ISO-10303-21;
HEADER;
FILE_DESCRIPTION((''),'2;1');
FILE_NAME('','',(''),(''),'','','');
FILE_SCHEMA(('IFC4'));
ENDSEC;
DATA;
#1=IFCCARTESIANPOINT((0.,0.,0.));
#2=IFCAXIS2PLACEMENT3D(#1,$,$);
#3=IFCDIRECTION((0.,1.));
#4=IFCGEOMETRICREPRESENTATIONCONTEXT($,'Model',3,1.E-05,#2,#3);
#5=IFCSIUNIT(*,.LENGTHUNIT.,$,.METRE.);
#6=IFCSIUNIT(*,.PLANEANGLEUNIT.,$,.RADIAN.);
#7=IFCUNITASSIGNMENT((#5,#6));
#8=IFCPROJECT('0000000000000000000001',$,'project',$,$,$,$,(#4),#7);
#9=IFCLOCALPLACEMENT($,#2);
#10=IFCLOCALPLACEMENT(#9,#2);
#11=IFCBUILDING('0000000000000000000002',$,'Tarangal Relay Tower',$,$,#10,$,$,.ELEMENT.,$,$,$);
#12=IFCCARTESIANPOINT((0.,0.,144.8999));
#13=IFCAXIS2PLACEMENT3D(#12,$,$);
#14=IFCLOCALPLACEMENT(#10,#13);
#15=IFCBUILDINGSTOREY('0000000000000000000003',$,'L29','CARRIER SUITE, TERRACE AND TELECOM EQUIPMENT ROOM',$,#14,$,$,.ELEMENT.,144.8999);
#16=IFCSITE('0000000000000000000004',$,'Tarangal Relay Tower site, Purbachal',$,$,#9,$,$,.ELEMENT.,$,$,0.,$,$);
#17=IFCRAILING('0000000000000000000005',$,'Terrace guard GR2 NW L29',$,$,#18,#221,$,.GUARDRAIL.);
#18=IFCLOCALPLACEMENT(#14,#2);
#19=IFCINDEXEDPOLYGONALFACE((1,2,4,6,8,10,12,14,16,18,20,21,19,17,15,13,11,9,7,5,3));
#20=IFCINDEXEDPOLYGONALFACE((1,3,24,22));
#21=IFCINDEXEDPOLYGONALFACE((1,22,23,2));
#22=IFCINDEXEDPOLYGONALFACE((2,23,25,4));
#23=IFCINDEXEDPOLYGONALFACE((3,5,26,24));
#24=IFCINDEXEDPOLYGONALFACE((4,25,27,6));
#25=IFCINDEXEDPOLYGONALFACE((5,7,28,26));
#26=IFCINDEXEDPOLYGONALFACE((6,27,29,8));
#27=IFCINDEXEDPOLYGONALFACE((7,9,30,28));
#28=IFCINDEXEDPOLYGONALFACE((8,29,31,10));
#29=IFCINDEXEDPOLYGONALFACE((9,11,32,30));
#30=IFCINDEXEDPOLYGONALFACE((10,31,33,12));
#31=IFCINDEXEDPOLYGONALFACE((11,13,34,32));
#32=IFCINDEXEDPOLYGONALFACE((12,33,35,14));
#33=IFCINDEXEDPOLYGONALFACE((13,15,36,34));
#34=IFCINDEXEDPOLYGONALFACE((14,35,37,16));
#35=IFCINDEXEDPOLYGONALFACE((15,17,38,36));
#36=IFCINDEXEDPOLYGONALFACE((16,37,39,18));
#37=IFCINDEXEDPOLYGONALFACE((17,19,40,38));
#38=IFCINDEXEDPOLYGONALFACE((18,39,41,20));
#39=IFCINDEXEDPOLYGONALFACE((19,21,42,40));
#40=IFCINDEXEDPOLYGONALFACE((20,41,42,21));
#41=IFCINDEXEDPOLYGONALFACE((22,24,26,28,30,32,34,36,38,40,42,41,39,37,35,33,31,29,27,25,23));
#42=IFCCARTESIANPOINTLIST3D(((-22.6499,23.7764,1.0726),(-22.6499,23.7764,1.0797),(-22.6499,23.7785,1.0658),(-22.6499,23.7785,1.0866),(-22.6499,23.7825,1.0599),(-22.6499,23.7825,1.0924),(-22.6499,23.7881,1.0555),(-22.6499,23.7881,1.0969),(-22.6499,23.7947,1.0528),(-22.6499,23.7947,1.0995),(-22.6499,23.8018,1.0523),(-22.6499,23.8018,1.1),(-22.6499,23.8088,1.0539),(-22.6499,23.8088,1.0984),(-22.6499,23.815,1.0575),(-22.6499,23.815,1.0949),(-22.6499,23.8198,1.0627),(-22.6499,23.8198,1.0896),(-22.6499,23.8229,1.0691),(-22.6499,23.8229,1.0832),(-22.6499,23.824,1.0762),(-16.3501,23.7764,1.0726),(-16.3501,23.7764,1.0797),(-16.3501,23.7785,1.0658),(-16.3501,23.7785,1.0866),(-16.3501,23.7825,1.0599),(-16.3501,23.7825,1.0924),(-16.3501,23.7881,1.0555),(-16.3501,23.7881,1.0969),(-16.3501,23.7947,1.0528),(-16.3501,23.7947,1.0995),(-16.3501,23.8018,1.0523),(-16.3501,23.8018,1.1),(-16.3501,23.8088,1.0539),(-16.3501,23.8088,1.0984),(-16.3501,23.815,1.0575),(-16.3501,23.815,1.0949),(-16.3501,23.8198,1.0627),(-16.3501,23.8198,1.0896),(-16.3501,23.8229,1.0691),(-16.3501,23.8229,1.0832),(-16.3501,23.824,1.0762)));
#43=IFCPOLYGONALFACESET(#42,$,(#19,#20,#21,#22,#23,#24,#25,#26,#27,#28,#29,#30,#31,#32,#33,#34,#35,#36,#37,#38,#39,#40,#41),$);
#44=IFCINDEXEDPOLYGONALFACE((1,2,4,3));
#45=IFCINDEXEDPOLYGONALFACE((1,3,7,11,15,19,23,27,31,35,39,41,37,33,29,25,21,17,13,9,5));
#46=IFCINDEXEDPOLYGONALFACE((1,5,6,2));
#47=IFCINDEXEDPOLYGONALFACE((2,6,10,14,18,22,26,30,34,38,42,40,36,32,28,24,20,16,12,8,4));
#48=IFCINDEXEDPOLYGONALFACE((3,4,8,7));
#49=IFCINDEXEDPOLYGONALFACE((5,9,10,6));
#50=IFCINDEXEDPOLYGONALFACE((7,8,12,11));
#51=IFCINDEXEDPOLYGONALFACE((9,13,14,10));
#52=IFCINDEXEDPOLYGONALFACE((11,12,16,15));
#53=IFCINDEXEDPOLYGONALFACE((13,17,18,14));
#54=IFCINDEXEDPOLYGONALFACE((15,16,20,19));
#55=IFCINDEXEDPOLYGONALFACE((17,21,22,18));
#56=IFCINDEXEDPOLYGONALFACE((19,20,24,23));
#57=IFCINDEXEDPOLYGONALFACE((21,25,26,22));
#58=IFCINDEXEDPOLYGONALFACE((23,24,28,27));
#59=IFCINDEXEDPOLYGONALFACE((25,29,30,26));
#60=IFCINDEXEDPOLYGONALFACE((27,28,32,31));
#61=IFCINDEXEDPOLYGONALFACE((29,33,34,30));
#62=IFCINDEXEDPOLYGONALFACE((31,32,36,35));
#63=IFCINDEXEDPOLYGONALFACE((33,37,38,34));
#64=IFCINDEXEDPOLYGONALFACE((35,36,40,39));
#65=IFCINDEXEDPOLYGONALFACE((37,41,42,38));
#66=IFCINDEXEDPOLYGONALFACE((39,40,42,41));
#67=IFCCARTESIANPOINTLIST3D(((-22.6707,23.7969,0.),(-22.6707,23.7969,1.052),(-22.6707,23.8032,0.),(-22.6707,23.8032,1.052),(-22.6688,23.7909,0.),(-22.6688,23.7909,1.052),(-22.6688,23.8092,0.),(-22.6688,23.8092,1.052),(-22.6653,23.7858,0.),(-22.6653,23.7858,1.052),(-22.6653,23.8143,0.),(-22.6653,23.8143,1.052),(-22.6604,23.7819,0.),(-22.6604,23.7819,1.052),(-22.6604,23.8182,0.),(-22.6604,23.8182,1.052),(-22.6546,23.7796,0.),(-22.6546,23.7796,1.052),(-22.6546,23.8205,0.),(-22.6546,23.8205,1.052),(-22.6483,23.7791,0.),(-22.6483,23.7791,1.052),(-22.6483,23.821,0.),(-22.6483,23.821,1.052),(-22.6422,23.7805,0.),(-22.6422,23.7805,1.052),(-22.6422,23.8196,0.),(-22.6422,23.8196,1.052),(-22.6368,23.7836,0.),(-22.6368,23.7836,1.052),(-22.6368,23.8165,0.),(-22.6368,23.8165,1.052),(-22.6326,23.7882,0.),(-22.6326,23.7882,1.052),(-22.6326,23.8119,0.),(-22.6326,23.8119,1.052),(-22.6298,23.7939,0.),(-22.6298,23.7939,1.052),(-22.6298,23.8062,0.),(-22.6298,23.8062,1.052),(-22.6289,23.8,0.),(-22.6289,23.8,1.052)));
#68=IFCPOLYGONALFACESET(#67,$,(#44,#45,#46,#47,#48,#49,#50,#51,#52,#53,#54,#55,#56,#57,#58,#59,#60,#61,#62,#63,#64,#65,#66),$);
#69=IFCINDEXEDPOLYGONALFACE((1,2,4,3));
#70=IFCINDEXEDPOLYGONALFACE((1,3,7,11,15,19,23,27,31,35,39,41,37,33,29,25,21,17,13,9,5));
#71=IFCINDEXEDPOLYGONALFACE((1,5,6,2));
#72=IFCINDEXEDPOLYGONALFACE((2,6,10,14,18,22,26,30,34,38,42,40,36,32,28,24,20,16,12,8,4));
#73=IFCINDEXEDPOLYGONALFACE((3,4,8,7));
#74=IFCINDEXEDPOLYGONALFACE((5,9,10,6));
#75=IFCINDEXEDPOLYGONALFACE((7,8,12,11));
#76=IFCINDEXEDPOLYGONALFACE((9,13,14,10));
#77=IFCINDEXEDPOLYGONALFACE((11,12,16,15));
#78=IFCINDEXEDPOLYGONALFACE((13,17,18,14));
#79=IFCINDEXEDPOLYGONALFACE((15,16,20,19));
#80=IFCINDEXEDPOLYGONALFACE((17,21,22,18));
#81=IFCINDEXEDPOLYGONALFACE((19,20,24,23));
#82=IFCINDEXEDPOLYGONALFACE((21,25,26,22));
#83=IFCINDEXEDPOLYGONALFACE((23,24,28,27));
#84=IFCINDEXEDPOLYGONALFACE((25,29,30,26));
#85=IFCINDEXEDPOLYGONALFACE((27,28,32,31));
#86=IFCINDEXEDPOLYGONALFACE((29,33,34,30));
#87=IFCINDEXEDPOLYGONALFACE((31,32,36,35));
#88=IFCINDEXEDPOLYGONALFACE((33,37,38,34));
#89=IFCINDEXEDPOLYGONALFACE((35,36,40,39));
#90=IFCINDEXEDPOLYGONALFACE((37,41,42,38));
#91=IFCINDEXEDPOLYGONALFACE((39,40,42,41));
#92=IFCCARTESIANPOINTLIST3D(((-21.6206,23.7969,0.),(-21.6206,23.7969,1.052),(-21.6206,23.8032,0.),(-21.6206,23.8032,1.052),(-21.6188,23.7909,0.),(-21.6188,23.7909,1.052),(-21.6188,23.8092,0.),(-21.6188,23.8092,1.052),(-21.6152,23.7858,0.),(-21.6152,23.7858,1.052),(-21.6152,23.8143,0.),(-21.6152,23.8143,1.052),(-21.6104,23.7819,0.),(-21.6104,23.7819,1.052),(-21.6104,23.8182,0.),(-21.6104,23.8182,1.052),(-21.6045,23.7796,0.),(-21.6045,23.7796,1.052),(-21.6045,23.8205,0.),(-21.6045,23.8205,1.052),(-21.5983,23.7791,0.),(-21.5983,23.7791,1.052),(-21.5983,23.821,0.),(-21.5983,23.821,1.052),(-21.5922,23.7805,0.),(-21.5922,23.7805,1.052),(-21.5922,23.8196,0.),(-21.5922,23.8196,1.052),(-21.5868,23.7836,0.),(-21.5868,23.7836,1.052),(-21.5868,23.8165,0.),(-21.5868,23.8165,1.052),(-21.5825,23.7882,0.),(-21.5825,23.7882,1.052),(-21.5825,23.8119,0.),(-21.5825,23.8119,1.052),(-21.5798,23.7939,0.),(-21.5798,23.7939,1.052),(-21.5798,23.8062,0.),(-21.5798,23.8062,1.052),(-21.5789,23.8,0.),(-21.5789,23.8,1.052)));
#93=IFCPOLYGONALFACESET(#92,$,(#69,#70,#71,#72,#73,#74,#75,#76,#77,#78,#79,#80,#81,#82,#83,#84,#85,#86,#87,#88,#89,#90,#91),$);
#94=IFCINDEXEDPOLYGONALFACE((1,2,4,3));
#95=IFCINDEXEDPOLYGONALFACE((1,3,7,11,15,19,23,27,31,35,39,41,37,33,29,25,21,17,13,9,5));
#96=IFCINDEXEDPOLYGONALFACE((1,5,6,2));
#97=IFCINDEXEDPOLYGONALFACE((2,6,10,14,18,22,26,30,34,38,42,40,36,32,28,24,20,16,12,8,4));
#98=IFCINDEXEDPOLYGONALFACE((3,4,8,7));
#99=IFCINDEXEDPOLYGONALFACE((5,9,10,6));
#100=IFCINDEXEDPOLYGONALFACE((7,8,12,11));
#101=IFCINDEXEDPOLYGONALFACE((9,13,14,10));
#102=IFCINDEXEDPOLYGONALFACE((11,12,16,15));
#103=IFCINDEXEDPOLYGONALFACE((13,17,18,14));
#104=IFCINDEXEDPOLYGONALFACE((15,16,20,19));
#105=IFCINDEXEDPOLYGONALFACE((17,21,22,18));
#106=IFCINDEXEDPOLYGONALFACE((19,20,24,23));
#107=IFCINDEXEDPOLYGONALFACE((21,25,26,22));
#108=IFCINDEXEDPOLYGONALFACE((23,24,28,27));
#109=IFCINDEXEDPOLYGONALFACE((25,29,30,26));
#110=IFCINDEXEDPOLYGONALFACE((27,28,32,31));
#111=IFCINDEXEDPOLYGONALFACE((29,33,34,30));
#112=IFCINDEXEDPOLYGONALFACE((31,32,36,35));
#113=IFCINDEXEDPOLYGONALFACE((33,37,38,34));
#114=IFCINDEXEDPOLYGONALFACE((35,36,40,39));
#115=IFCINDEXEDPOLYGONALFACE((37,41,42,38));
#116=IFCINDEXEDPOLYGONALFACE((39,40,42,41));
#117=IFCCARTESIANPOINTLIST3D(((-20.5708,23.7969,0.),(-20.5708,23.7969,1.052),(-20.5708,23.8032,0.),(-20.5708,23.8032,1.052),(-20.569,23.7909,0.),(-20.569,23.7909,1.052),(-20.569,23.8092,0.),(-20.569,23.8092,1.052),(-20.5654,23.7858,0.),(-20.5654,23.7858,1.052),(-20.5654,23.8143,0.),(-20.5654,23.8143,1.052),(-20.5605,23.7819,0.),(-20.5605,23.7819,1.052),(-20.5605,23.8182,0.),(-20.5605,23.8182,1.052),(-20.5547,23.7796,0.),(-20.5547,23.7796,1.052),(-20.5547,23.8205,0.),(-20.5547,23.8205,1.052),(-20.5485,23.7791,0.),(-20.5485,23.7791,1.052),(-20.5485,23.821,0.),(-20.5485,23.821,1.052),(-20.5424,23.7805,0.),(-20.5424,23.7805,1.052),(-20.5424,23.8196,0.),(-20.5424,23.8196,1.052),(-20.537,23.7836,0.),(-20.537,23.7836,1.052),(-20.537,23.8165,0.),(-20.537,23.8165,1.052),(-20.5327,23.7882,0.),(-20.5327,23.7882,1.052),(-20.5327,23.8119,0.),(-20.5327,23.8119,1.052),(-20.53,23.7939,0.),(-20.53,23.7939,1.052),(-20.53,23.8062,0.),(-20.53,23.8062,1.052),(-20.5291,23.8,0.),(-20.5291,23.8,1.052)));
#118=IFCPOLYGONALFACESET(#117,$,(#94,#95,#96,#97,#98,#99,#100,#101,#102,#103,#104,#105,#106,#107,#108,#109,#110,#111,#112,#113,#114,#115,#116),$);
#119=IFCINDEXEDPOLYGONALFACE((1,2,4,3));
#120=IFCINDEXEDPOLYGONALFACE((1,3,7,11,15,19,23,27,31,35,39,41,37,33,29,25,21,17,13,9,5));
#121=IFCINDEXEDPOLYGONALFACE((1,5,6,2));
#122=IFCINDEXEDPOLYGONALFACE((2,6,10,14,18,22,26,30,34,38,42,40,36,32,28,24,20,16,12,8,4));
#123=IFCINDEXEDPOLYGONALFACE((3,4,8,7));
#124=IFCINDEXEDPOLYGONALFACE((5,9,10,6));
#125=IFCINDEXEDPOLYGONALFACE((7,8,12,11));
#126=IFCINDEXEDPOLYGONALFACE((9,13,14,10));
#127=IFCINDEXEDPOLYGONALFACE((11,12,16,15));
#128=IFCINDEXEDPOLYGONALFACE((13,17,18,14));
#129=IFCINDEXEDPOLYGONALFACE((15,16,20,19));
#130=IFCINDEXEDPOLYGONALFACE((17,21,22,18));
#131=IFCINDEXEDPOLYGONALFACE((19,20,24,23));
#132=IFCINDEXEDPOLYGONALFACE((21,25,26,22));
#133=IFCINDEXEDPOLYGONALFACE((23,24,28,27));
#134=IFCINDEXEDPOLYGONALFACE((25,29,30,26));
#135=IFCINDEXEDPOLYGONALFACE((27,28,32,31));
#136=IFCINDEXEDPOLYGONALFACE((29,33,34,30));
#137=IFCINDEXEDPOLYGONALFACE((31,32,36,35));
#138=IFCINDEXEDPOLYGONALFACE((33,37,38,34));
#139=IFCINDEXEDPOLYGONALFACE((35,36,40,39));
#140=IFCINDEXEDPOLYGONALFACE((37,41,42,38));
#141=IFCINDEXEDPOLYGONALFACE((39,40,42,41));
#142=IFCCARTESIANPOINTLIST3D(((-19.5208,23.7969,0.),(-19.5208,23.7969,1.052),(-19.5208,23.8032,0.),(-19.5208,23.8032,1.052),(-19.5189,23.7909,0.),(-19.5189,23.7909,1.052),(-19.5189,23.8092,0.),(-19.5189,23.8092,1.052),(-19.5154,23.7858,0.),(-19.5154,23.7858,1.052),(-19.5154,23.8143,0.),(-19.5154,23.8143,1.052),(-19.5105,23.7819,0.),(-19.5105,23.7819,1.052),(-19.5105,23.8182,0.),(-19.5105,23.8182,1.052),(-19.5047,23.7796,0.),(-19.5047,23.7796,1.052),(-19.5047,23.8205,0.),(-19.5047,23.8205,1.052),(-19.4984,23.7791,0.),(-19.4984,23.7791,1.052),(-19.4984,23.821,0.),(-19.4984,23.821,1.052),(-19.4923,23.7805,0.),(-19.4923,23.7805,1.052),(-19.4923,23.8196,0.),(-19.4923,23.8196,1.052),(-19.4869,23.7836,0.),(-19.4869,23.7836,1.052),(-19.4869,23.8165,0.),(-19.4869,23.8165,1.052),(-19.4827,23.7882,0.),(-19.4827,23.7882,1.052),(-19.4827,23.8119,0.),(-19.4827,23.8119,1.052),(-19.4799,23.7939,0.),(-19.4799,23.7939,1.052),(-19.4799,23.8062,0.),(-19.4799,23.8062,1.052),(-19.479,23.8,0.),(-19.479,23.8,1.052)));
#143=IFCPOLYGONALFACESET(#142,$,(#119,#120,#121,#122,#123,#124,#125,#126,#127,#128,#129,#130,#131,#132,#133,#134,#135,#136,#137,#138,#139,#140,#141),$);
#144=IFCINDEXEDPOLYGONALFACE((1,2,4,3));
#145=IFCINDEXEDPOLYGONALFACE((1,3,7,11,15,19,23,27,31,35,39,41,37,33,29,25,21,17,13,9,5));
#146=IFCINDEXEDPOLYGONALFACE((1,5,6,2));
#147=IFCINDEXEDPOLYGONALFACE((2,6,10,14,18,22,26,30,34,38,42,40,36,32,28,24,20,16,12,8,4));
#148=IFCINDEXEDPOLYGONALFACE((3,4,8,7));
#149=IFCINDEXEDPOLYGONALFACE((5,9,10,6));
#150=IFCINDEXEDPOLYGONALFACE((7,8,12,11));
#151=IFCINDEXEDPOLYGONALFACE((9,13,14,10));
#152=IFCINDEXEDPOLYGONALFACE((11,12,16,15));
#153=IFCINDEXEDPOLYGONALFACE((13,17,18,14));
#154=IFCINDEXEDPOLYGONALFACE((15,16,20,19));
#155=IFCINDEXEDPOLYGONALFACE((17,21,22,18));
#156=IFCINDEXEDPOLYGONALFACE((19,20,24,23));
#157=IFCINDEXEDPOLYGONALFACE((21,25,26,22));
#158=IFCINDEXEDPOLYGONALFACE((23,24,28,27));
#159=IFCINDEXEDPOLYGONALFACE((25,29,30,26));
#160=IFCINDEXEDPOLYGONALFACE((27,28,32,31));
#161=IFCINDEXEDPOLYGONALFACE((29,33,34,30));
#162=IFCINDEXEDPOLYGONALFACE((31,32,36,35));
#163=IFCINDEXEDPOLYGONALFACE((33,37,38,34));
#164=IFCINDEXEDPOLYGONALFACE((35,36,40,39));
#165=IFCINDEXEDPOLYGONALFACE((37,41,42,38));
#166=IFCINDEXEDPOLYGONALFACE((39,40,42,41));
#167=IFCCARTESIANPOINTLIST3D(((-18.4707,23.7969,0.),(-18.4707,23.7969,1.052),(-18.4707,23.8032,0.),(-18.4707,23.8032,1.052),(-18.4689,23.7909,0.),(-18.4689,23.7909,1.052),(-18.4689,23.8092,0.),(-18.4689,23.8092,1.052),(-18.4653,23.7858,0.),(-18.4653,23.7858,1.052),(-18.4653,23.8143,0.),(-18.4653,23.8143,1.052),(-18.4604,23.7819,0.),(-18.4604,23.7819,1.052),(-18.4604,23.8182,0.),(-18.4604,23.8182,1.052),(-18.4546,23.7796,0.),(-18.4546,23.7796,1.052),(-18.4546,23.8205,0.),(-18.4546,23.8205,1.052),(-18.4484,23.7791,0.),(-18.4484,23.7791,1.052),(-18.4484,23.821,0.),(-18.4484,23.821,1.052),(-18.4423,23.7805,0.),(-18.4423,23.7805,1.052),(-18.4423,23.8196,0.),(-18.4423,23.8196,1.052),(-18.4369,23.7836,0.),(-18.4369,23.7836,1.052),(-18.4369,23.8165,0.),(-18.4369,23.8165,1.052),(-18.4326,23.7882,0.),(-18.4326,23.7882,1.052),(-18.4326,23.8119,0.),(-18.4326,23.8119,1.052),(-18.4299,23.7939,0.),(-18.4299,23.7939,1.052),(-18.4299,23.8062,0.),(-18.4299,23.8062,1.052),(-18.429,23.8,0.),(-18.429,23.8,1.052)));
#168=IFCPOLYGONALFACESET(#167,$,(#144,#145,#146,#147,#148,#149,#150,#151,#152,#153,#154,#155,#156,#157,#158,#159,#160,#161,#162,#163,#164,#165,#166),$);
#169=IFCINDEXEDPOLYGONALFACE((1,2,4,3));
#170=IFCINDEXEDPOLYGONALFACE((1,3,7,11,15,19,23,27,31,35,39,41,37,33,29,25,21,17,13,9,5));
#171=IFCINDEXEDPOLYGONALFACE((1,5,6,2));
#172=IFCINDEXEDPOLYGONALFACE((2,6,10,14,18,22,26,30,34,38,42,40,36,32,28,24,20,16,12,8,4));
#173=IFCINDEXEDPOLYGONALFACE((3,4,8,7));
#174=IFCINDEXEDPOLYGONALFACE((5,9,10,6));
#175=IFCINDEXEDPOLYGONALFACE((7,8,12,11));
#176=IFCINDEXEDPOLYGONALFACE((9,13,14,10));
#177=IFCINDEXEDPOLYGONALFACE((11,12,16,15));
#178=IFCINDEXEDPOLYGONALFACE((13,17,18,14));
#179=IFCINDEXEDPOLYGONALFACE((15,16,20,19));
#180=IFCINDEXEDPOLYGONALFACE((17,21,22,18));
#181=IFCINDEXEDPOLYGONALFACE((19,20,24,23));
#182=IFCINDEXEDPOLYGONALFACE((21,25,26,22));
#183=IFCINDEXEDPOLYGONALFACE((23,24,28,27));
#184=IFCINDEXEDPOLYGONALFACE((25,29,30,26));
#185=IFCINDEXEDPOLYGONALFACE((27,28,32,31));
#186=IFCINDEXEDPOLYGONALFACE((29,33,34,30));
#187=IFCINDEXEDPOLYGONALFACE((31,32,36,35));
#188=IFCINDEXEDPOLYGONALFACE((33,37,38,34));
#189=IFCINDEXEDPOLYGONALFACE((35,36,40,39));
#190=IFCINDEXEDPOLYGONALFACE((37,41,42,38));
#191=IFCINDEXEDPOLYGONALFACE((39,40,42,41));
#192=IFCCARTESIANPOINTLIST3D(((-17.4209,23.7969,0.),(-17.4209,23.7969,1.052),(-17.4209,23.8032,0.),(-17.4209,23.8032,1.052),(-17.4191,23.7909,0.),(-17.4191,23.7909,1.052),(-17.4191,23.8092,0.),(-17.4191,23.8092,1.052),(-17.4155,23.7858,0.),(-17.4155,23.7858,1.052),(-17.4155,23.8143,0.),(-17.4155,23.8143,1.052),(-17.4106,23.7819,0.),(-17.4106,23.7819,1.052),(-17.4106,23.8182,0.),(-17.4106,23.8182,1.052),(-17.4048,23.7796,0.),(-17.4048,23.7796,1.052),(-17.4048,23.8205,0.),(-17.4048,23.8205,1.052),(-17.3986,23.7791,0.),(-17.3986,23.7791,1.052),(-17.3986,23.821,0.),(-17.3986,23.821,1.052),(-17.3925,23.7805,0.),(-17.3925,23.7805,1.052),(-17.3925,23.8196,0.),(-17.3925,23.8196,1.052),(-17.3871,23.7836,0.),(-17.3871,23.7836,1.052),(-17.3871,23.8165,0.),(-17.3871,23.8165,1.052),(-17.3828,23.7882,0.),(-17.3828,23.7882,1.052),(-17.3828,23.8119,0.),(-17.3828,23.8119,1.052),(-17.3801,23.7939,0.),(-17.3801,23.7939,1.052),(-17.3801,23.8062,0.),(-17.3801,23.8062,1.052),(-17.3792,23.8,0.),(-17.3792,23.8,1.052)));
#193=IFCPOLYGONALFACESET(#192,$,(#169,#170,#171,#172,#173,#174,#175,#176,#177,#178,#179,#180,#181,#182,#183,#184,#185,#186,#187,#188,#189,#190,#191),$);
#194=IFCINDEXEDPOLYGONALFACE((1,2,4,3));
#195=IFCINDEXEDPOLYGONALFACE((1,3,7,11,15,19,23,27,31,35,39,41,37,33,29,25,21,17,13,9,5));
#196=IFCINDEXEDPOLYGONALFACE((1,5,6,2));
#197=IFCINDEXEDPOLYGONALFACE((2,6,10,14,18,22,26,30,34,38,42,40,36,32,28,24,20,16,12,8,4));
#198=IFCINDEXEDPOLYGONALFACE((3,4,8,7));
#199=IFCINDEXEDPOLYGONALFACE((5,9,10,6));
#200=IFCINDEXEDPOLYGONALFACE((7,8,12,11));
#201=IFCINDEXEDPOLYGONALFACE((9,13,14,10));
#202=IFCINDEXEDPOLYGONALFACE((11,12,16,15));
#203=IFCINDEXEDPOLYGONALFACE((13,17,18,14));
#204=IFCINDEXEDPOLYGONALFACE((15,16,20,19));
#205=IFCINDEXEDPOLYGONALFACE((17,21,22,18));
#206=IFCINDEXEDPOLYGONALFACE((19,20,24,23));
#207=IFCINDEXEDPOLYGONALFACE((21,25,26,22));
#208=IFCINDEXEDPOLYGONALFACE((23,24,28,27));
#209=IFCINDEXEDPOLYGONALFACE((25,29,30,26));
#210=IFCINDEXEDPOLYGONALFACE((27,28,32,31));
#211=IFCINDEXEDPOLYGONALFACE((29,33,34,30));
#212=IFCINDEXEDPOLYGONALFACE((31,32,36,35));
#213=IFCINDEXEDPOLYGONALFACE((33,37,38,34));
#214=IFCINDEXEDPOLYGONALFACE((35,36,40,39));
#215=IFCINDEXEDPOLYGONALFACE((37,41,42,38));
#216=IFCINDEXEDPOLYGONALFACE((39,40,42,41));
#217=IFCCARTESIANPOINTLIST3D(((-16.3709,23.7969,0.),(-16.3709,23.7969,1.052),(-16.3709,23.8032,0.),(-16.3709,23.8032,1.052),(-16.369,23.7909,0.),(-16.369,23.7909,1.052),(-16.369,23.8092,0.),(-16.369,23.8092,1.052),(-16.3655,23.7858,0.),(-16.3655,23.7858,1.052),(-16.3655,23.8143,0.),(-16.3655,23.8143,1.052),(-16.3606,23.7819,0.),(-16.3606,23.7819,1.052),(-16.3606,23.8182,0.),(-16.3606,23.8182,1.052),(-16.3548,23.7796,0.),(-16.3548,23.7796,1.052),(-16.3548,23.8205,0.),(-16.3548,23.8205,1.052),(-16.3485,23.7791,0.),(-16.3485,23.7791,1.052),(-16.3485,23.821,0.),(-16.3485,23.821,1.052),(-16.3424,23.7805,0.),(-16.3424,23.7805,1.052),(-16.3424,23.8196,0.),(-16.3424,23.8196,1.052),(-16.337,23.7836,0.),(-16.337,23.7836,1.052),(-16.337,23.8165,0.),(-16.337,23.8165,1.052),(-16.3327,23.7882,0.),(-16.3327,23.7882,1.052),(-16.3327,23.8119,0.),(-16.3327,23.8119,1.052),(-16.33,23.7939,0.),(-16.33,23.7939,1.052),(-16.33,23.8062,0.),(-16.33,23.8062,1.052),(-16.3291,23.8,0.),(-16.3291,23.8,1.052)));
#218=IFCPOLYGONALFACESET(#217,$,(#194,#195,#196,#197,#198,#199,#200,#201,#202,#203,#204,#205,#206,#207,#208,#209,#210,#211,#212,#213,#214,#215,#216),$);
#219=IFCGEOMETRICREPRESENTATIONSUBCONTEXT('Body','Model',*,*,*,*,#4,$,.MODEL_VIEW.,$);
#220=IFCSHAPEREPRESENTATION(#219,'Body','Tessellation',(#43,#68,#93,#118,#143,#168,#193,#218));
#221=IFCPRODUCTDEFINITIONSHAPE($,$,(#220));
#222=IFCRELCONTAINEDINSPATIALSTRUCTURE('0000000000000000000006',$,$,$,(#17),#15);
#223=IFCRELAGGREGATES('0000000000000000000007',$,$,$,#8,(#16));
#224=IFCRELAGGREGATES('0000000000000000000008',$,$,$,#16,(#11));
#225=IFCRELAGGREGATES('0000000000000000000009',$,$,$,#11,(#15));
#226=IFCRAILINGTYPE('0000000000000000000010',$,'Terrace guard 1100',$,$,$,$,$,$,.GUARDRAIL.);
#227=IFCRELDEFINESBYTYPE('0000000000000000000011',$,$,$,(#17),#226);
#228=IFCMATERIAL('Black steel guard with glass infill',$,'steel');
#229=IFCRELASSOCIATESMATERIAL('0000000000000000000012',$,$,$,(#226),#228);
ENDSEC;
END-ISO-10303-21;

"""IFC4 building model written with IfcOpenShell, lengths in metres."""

from ifc_helpers import new_model, si_unit, direction, frame, origin, origin_2d, place, context, subcontext, project, spatial, circle, extrude, material, type_object, element, save


model = new_model("IFC4")

# Units and contexts
model_context = context("Model", 3, precision=1e-05, world=origin(), true_north=direction((0.0, 1.0)))
body_context = subcontext(model_context, "Body", "Model", "MODEL_VIEW")
ifc_project = project(units=[si_unit("LENGTHUNIT", "METRE"), si_unit("PLANEANGLEUNIT", "RADIAN")], contexts=[model_context])

# Site, building, storey
site_placement = place(None, origin())
site = spatial("IfcSite", under=ifc_project, at=site_placement, Name="Tarangal Relay Tower site, Purbachal", CompositionType="ELEMENT", RefElevation=0.0)
building_placement = place(site_placement, origin())
building = spatial("IfcBuilding", under=site, at=building_placement, Name="Tarangal Relay Tower", CompositionType="ELEMENT")
storey_placement = place(building_placement, frame((0.0, 0.0, 144.8999)))
storey = spatial("IfcBuildingStorey", under=building, at=storey_placement, Name="L29", Description="CARRIER SUITE, TERRACE AND TELECOM EQUIPMENT ROOM", CompositionType="ELEMENT", Elevation=144.8999)

# Railing
ifc_material_1 = material(Name="Black steel guard with glass infill", Category="steel")
railing_type = type_object("IfcRailingType", Name="Terrace guard 1100", PredefinedType="GUARDRAIL", material=ifc_material_1)
railing_1_placement = place(storey_placement, frame((-22.6499, 23.8, 0.0)))
element("IfcRailing", 1, at=railing_1_placement, inside=storey, type_object=railing_type, Name="Terrace guard GR2 NW L29", PredefinedType="GUARDRAIL", context=body_context, shape_type="SweptSolid", body=[
    extrude(circle(Radius=0.0239, at=origin_2d()), frame((0.0, 0.0, 1.0762), z_axis=(1.0, 0.0, 0.0), x_axis=(0.0, 1.0, 0.0)), (0.0, 0.0, 1.0), 6.2998),
    extrude(circle(Radius=0.021, at=origin_2d()), origin(), (0.0, 0.0, 1.0), 1.052),
    extrude(circle(Radius=0.021, at=origin_2d()), frame((1.05, 0.0, 0.0)), (0.0, 0.0, 1.0), 1.052),
    extrude(circle(Radius=0.021, at=origin_2d()), frame((2.0999, 0.0, 0.0)), (0.0, 0.0, 1.0), 1.052),
    extrude(circle(Radius=0.021, at=origin_2d()), frame((3.1499, 0.0, 0.0)), (0.0, 0.0, 1.0), 1.052),
    extrude(circle(Radius=0.021, at=origin_2d()), frame((4.2, 0.0, 0.0)), (0.0, 0.0, 1.0), 1.052),
    extrude(circle(Radius=0.021, at=origin_2d()), frame((5.2498, 0.0, 0.0)), (0.0, 0.0, 1.0), 1.052),
    extrude(circle(Radius=0.021, at=origin_2d()), frame((6.2998, 0.0, 0.0)), (0.0, 0.0, 1.0), 1.052),
])

save(model, "model.ifc")
